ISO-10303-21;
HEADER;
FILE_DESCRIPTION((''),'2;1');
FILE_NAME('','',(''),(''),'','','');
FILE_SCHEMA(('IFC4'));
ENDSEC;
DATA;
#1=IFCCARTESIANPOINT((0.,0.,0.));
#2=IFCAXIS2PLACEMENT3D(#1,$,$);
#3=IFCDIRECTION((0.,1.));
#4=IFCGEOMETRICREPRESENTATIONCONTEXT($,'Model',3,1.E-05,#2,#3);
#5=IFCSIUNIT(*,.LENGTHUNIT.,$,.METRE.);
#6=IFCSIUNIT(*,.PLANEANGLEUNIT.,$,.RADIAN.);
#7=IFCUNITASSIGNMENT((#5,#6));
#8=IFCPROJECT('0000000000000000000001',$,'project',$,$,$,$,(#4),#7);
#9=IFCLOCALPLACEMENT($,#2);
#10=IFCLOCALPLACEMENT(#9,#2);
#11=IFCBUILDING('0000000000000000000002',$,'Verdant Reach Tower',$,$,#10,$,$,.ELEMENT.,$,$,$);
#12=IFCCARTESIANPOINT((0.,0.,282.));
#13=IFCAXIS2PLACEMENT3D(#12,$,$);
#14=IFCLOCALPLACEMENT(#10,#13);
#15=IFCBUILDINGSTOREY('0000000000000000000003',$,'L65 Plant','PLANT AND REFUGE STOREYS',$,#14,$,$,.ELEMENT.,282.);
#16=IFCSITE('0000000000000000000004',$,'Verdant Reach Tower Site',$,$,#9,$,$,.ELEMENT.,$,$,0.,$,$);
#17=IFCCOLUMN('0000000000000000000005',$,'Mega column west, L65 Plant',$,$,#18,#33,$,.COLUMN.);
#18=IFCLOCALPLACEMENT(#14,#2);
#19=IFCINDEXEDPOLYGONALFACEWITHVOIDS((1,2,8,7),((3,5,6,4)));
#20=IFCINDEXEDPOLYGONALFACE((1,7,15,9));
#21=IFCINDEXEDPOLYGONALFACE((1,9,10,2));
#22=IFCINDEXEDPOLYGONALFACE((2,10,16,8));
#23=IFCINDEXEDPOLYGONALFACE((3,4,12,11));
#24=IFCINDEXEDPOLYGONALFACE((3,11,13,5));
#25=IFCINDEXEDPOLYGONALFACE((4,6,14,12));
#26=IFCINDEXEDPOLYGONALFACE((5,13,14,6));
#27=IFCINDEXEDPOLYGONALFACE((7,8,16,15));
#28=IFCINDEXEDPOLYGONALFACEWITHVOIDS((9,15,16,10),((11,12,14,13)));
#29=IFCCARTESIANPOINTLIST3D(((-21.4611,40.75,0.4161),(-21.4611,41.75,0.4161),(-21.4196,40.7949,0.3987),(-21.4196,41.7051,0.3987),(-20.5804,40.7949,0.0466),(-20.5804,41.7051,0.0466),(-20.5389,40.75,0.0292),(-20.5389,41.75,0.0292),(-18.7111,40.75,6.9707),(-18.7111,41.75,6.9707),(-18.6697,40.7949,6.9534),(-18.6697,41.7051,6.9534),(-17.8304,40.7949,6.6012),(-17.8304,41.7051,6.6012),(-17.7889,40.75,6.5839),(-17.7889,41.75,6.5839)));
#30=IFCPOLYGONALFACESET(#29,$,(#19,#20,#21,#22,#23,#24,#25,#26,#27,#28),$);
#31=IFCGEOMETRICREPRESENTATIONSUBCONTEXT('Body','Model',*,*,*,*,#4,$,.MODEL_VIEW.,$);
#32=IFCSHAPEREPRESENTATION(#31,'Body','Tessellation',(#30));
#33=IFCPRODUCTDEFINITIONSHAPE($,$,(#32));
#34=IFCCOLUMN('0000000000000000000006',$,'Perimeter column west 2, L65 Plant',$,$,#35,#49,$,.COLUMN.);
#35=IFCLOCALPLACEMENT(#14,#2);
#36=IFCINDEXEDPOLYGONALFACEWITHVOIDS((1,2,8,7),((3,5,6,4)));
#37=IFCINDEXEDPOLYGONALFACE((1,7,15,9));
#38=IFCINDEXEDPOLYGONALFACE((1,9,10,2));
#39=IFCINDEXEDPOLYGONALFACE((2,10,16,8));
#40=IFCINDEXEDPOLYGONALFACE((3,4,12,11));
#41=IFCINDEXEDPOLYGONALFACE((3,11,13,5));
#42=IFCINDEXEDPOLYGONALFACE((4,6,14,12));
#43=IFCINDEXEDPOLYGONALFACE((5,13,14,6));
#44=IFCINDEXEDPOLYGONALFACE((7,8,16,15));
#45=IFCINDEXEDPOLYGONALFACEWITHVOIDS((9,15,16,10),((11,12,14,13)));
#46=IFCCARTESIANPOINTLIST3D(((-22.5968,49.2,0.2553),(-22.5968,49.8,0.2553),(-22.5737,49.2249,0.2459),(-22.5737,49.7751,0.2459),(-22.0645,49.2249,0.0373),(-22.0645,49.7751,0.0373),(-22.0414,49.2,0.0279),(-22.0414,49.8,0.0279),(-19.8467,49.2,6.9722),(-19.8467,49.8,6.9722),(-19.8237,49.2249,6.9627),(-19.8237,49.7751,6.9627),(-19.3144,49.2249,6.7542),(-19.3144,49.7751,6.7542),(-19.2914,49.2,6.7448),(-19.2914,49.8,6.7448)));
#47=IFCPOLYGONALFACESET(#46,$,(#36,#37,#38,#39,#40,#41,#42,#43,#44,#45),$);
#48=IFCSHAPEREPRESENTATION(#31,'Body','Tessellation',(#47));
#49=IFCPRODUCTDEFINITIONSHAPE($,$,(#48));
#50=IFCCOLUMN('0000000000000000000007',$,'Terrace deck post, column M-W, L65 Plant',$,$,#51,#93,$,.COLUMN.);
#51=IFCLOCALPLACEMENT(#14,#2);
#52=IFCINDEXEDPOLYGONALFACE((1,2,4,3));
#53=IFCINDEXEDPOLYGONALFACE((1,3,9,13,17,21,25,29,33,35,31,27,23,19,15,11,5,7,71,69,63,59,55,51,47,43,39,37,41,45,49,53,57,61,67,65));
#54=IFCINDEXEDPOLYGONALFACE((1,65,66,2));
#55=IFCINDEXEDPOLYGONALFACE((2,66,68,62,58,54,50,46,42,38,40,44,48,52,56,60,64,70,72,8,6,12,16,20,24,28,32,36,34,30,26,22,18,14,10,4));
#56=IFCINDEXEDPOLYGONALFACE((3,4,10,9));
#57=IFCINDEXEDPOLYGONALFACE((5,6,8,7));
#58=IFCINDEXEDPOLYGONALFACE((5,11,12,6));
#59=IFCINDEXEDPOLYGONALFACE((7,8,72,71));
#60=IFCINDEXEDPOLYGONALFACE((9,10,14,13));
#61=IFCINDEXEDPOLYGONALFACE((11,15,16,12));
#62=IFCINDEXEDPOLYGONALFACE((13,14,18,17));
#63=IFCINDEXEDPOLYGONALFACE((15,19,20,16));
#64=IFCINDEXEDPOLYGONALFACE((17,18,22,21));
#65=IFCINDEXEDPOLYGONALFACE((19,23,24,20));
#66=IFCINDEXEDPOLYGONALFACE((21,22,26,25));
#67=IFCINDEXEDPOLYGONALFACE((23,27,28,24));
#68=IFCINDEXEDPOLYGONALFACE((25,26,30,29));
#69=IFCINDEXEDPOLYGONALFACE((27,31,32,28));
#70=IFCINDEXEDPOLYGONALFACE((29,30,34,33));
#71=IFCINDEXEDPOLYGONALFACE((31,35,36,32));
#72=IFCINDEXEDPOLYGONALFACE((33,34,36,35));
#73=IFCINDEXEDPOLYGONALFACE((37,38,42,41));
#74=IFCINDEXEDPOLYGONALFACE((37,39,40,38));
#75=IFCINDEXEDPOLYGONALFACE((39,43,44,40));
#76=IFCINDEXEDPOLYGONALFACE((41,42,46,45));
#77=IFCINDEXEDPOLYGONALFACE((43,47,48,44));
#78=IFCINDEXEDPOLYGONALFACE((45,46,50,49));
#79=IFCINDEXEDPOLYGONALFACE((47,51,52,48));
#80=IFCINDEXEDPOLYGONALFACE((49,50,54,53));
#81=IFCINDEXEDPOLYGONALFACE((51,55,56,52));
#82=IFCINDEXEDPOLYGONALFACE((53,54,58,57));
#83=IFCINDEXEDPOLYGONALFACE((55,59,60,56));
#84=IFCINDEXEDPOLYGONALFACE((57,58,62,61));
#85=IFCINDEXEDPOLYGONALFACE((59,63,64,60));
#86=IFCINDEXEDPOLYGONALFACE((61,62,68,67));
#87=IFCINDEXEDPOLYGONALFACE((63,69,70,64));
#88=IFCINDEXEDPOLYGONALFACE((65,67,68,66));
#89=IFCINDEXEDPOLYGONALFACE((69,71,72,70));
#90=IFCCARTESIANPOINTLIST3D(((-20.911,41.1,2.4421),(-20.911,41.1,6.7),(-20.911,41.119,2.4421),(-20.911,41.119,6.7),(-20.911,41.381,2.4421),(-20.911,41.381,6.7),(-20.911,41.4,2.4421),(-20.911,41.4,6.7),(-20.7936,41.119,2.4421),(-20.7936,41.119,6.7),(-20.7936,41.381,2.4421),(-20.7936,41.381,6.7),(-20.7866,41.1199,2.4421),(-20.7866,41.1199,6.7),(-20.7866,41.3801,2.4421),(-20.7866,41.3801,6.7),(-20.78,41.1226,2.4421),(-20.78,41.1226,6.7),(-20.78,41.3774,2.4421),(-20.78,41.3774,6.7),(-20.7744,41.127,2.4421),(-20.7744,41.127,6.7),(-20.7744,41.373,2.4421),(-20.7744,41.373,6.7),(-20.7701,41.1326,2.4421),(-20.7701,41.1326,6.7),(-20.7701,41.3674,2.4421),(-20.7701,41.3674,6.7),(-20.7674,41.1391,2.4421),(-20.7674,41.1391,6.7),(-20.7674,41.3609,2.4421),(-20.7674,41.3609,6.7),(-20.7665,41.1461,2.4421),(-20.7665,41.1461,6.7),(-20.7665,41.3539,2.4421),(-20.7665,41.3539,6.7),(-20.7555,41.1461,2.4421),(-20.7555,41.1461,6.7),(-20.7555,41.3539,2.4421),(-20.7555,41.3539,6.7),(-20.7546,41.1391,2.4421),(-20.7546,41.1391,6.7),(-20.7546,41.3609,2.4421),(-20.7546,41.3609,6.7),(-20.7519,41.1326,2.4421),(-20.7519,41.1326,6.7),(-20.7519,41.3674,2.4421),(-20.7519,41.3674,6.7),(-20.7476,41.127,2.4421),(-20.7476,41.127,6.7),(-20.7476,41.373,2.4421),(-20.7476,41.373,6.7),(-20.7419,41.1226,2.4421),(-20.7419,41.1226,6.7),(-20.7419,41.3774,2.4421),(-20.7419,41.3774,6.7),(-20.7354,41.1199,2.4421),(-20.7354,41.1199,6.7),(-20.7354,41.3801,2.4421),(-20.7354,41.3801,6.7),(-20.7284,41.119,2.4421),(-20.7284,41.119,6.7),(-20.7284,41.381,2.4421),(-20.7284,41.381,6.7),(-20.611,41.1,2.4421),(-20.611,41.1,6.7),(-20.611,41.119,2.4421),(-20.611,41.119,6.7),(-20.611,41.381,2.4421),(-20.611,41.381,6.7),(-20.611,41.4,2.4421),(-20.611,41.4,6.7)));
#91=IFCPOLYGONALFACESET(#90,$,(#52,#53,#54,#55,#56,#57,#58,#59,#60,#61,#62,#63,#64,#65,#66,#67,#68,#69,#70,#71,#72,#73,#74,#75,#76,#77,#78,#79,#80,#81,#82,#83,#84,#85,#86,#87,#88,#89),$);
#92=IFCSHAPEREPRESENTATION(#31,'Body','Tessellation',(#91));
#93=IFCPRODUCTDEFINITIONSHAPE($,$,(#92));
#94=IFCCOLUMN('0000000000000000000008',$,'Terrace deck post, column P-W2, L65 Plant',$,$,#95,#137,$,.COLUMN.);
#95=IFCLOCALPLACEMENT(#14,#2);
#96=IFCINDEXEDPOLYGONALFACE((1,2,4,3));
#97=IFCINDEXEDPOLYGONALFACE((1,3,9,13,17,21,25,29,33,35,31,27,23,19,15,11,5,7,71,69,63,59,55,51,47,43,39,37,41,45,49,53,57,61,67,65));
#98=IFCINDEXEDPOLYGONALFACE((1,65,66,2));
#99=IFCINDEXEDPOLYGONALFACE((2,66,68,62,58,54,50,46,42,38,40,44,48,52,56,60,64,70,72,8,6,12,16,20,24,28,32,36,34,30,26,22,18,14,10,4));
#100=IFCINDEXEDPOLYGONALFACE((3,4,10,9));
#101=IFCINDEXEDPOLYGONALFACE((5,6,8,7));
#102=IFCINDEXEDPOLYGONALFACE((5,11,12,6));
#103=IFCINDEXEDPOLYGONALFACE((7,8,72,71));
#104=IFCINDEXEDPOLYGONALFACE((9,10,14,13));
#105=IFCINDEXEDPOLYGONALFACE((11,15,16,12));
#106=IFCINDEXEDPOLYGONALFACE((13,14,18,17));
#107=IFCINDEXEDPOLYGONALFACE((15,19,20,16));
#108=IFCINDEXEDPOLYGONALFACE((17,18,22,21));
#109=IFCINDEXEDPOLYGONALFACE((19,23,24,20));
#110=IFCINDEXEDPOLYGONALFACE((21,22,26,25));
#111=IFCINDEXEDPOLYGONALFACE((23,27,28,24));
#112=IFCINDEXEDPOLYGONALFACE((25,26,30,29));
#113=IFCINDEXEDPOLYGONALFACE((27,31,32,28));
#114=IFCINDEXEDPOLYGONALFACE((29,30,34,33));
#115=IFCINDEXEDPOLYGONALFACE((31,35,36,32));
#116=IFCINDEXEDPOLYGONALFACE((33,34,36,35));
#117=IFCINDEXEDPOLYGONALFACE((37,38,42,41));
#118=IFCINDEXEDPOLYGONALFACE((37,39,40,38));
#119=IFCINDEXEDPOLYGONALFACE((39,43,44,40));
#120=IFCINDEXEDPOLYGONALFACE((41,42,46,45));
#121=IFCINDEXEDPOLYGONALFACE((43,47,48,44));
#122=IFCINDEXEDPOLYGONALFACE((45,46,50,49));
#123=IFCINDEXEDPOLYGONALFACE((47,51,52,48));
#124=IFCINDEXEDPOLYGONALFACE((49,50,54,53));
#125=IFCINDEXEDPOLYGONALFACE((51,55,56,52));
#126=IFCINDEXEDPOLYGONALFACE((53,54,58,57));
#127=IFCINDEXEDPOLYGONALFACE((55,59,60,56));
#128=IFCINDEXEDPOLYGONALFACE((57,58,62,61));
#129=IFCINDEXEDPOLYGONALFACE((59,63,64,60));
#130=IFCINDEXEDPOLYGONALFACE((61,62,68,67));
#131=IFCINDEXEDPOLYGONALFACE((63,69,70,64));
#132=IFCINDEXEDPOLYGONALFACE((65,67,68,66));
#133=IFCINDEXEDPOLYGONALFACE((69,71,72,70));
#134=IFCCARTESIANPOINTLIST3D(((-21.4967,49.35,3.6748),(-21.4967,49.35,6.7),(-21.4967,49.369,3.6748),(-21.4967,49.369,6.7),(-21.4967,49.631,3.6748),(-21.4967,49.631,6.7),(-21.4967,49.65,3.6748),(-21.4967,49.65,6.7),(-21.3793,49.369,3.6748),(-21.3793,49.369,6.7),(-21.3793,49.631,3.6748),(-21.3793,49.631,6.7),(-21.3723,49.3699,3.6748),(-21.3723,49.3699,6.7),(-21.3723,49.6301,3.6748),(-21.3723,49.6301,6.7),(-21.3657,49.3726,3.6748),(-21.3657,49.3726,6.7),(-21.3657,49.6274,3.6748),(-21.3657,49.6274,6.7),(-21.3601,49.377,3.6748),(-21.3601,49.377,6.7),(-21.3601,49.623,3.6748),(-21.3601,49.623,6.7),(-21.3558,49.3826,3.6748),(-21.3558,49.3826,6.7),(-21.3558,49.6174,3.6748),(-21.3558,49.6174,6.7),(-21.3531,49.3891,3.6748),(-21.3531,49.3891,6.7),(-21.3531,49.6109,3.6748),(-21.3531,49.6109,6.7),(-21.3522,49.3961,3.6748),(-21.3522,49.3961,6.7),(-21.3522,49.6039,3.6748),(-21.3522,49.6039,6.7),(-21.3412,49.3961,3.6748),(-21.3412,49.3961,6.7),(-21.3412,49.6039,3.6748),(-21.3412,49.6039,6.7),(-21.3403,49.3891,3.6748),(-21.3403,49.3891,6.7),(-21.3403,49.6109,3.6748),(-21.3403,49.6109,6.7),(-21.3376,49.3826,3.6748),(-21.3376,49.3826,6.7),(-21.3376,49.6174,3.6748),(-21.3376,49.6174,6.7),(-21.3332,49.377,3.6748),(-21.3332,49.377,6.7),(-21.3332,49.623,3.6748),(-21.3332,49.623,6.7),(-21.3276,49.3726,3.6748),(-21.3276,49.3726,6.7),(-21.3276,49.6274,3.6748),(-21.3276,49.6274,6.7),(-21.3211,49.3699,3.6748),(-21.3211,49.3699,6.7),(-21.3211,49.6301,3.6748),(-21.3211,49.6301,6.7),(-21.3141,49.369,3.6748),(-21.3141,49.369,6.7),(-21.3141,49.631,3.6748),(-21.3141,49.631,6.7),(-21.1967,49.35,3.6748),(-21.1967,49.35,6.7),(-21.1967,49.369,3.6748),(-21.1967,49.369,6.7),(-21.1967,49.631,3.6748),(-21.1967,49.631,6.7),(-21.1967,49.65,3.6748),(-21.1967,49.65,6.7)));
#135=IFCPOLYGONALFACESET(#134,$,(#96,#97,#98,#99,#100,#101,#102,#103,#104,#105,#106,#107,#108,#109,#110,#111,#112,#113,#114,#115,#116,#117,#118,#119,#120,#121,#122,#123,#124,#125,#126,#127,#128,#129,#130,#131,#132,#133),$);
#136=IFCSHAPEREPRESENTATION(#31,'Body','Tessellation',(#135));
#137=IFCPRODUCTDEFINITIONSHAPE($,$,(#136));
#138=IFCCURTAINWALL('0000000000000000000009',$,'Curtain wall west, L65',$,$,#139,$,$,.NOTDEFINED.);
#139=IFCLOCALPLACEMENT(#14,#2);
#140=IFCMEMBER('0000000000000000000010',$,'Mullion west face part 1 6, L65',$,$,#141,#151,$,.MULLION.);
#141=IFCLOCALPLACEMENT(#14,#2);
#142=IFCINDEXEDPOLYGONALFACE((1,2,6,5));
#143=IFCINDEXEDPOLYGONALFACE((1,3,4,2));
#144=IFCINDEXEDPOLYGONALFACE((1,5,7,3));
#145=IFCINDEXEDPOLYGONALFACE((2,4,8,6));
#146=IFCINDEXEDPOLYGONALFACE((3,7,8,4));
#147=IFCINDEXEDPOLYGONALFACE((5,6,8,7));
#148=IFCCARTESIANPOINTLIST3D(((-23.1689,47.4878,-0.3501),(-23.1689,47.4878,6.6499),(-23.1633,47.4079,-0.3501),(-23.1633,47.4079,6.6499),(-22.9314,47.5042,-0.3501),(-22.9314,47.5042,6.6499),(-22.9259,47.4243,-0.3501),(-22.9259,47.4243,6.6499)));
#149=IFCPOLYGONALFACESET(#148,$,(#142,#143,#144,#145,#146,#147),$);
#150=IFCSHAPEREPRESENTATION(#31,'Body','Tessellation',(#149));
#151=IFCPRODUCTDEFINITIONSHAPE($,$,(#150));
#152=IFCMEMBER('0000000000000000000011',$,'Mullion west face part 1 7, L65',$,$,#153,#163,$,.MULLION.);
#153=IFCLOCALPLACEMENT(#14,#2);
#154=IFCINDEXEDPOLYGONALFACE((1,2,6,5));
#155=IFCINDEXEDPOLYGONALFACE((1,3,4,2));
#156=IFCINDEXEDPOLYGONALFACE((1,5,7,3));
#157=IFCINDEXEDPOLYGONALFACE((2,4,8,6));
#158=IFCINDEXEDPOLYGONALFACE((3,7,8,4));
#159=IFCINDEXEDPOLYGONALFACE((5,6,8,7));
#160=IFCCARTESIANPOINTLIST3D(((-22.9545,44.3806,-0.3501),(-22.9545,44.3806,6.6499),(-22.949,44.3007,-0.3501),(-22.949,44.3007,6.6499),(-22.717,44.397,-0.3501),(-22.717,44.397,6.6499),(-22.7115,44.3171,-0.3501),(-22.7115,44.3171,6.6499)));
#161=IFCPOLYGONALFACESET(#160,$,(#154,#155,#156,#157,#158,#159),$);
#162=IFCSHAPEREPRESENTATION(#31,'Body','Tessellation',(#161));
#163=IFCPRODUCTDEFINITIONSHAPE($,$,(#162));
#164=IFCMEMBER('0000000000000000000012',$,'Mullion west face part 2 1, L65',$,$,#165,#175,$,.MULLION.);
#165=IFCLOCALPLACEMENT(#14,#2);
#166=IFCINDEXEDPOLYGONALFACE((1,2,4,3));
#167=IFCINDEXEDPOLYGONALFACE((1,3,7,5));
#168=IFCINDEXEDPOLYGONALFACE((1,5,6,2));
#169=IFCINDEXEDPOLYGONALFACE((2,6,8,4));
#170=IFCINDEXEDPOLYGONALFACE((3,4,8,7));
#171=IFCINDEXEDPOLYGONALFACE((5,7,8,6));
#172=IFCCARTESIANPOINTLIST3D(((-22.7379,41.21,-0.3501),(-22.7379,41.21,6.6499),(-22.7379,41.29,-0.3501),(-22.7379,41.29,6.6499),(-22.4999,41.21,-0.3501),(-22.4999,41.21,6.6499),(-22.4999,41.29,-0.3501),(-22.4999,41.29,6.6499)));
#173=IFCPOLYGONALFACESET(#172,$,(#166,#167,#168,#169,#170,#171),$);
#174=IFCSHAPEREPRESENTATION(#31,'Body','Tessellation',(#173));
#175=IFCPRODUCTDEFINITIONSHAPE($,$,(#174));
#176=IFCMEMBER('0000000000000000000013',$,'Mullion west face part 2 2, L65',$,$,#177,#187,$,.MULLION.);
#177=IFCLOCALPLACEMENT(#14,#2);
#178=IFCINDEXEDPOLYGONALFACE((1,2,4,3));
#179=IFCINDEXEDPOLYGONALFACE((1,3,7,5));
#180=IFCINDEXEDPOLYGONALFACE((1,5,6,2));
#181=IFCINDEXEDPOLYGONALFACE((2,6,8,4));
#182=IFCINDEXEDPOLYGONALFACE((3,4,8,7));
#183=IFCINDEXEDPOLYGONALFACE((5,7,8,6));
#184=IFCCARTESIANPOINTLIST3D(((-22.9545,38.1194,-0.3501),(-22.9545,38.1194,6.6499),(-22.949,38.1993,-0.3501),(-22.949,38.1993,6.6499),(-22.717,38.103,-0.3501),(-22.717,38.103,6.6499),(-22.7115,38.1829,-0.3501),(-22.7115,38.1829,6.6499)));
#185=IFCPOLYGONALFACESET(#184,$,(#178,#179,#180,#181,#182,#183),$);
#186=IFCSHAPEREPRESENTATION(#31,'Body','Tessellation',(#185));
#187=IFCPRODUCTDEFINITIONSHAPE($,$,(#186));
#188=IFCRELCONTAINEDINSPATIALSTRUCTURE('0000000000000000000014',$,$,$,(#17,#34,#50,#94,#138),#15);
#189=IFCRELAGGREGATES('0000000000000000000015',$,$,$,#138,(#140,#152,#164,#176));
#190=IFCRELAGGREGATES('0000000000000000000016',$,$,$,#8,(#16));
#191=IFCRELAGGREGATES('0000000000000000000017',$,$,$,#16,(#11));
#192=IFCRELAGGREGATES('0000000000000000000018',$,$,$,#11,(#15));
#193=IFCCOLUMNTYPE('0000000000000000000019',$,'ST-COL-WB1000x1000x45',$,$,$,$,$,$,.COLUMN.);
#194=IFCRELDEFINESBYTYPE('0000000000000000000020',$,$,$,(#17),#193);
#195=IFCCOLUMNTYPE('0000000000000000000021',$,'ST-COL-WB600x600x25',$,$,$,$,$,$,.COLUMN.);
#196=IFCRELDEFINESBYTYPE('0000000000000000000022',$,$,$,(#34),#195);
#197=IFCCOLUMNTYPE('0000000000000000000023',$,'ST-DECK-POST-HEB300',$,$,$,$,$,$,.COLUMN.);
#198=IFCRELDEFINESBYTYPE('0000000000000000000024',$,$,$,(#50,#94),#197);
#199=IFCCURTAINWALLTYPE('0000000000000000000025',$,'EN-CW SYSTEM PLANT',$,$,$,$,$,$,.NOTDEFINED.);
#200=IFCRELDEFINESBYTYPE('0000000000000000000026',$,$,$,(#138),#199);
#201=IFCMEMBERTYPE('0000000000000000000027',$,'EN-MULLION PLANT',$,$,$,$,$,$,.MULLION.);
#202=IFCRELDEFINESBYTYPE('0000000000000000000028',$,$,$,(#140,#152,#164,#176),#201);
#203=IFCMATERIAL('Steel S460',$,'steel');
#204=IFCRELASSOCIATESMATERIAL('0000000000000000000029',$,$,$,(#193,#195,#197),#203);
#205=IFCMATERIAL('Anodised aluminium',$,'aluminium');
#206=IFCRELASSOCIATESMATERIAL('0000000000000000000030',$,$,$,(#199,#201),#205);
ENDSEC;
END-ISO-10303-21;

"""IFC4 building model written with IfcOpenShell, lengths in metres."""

from ifc_helpers import new_model, si_unit, direction, frame, origin, origin_2d, place, context, subcontext, project, spatial, rectangle, hollow_rectangle, i_section, extrude, material, material_profile, profile_set, type_object, element, aggregate, save


model = new_model("IFC4")

# Units and contexts
model_context = context("Model", 3, precision=1e-05, world=origin(), true_north=direction((0.0, 1.0)))
body_context = subcontext(model_context, "Body", "Model", "MODEL_VIEW")
ifc_project = project(units=[si_unit("LENGTHUNIT", "METRE"), si_unit("PLANEANGLEUNIT", "RADIAN")], contexts=[model_context])

# Site, building, storey
site_placement = place(None, origin())
site = spatial("IfcSite", under=ifc_project, at=site_placement, Name="Verdant Reach Tower Site", CompositionType="ELEMENT", RefElevation=0.0)
building_placement = place(site_placement, origin())
building = spatial("IfcBuilding", under=site, at=building_placement, Name="Verdant Reach Tower", CompositionType="ELEMENT")
storey_placement = place(building_placement, frame((0.0, 0.0, 282.0)))
storey = spatial("IfcBuildingStorey", under=building, at=storey_placement, Name="L65 Plant", Description="PLANT AND REFUGE STOREYS", CompositionType="ELEMENT", Elevation=282.0)

# Columns
ifc_material_1 = material(Name="Steel S460", Category="steel")
ifc_material_profile_1 = material_profile(ifc_material_1, hollow_rectangle(XDim=1.0, YDim=1.0, WallThickness=0.0449, at=origin_2d()), Name="WB 1000x1000x45")
ifc_profile_set_1 = profile_set([ifc_material_profile_1], Name="Steel S460")
column_type_1 = type_object("IfcColumnType", Name="ST-COL-WB1000x1000x45", PredefinedType="COLUMN", material=ifc_profile_set_1)
column_1_placement = place(storey_placement, frame((-21.0, 41.25, 0.2227), z_axis=(0.386877, 0.0, 0.922131), x_axis=(0.0, 1.0, 0.0)))
element("IfcColumn", 1, at=column_1_placement, inside=storey, type_object=column_type_1, Name="Mega column west, L65 Plant", PredefinedType="COLUMN", context=body_context, shape_type="SweptSolid", body=[
    extrude(hollow_rectangle(XDim=1.0, YDim=1.0, WallThickness=0.0449, at=origin_2d()), origin(), (0.0, 0.0, 1.0), 7.1082),
])
ifc_material_profile_2 = material_profile(ifc_material_1, hollow_rectangle(XDim=0.6001, YDim=0.6001, WallThickness=0.0249, at=origin_2d()), Name="WB 600x600x25")
ifc_profile_set_2 = profile_set([ifc_material_profile_2], Name="Steel S460")
column_type_2 = type_object("IfcColumnType", Name="ST-COL-WB600x600x25", PredefinedType="COLUMN", material=ifc_profile_set_2)
column_2_placement = place(storey_placement, frame((-22.3191, 49.5, 0.1416), z_axis=(0.378895, 0.0, 0.92544), x_axis=(0.0, 1.0, 0.0)))
element("IfcColumn", 2, at=column_2_placement, inside=storey, type_object=column_type_2, Name="Perimeter column west 2, L65 Plant", PredefinedType="COLUMN", context=body_context, shape_type="SweptSolid", body=[
    extrude(hollow_rectangle(XDim=0.6001, YDim=0.6001, WallThickness=0.0249, at=origin_2d()), origin(), (0.0, 0.0, 1.0), 7.2581),
])
ifc_material_profile_3 = material_profile(ifc_material_1, i_section(OverallWidth=0.3, OverallDepth=0.3, WebThickness=0.011, FlangeThickness=0.019, FilletRadius=0.0271, at=origin_2d()), Name="HEB 300")
ifc_profile_set_3 = profile_set([ifc_material_profile_3], Name="Steel S460")
column_type_3 = type_object("IfcColumnType", Name="ST-DECK-POST-HEB300", PredefinedType="COLUMN", material=ifc_profile_set_3)
column_3_placement = place(storey_placement, frame((-20.761, 41.25, 2.4421), z_axis=(0.0, 0.0, 1.0), x_axis=(1.0, 0.0, 0.0)))
element("IfcColumn", 3, at=column_3_placement, inside=storey, type_object=column_type_3, Name="Terrace deck post, column M-W, L65 Plant", PredefinedType="COLUMN", context=body_context, shape_type="SweptSolid", body=[
    extrude(i_section(OverallWidth=0.3, OverallDepth=0.3, WebThickness=0.011, FlangeThickness=0.019, FilletRadius=0.0271, at=origin_2d()), origin(), (0.0, 0.0, 1.0), 4.2578),
])
column_4_placement = place(storey_placement, frame((-21.3467, 49.5, 3.6748), z_axis=(0.0, 0.0, 1.0), x_axis=(1.0, 0.0, 0.0)))
element("IfcColumn", 4, at=column_4_placement, inside=storey, type_object=column_type_3, Name="Terrace deck post, column P-W2, L65 Plant", PredefinedType="COLUMN", context=body_context, shape_type="SweptSolid", body=[
    extrude(i_section(OverallWidth=0.3, OverallDepth=0.3, WebThickness=0.011, FlangeThickness=0.019, FilletRadius=0.0271, at=origin_2d()), origin(), (0.0, 0.0, 1.0), 3.0251),
])

# Curtain wall, members
ifc_material_2 = material(Name="Anodised aluminium", Category="aluminium")
curtain_wall_type = type_object("IfcCurtainWallType", Name="EN-CW SYSTEM PLANT", PredefinedType="NOTDEFINED", material=ifc_material_2)
curtain_wall_placement = place(storey_placement, origin())
curtain_wall = element("IfcCurtainWall", 5, at=curtain_wall_placement, inside=storey, type_object=curtain_wall_type, Name="Curtain wall west, L65", PredefinedType="NOTDEFINED")
ifc_material_profile_4 = material_profile(ifc_material_2, rectangle(XDim=0.238, YDim=0.0801, at=origin_2d()), Name="Mullion 80x240")
ifc_profile_set_4 = profile_set([ifc_material_profile_4], Name="Anodised aluminium")
member_type_1 = type_object("IfcMemberType", Name="EN-MULLION PLANT", PredefinedType="MULLION", material=ifc_profile_set_4)
member_1_placement = place(storey_placement, frame((-23.0474, 47.4561, -0.3501), z_axis=(0.0, 0.0, 1.0), x_axis=(-0.99763, -0.068802, 0.0)))
member_1 = element("IfcMember", 6, at=member_1_placement, type_object=member_type_1, Name="Mullion west face part 1 6, L65", PredefinedType="MULLION", context=body_context, shape_type="SweptSolid", body=[
    extrude(rectangle(XDim=0.238, YDim=0.0801, at=origin_2d()), origin(), (0.0, 0.0, 1.0), 7.0),
])
member_2_placement = place(storey_placement, frame((-22.833, 44.3489, -0.3501), z_axis=(0.0, 0.0, 1.0), x_axis=(-0.99763, -0.068802, 0.0)))
member_2 = element("IfcMember", 7, at=member_2_placement, type_object=member_type_1, Name="Mullion west face part 1 7, L65", PredefinedType="MULLION", context=body_context, shape_type="SweptSolid", body=[
    extrude(rectangle(XDim=0.238, YDim=0.0801, at=origin_2d()), origin(), (0.0, 0.0, 1.0), 7.0),
])
member_3_placement = place(storey_placement, frame((-22.6189, 41.25, -0.3501), z_axis=(0.0, 0.0, 1.0), x_axis=(-1.0, 0.0, 0.0)))
member_3 = element("IfcMember", 8, at=member_3_placement, type_object=member_type_1, Name="Mullion west face part 2 1, L65", PredefinedType="MULLION", context=body_context, shape_type="SweptSolid", body=[
    extrude(rectangle(XDim=0.238, YDim=0.0801, at=origin_2d()), origin(), (0.0, 0.0, 1.0), 7.0),
])
member_4_placement = place(storey_placement, frame((-22.833, 38.1511, -0.3501), z_axis=(0.0, 0.0, 1.0), x_axis=(-0.99763, 0.068802, 0.0)))
member_4 = element("IfcMember", 9, at=member_4_placement, type_object=member_type_1, Name="Mullion west face part 2 2, L65", PredefinedType="MULLION", context=body_context, shape_type="SweptSolid", body=[
    extrude(rectangle(XDim=0.238, YDim=0.0801, at=origin_2d()), origin(), (0.0, 0.0, 1.0), 7.0),
])

aggregate(curtain_wall, [member_1, member_2, member_3, member_4])

save(model, "model.ifc")
